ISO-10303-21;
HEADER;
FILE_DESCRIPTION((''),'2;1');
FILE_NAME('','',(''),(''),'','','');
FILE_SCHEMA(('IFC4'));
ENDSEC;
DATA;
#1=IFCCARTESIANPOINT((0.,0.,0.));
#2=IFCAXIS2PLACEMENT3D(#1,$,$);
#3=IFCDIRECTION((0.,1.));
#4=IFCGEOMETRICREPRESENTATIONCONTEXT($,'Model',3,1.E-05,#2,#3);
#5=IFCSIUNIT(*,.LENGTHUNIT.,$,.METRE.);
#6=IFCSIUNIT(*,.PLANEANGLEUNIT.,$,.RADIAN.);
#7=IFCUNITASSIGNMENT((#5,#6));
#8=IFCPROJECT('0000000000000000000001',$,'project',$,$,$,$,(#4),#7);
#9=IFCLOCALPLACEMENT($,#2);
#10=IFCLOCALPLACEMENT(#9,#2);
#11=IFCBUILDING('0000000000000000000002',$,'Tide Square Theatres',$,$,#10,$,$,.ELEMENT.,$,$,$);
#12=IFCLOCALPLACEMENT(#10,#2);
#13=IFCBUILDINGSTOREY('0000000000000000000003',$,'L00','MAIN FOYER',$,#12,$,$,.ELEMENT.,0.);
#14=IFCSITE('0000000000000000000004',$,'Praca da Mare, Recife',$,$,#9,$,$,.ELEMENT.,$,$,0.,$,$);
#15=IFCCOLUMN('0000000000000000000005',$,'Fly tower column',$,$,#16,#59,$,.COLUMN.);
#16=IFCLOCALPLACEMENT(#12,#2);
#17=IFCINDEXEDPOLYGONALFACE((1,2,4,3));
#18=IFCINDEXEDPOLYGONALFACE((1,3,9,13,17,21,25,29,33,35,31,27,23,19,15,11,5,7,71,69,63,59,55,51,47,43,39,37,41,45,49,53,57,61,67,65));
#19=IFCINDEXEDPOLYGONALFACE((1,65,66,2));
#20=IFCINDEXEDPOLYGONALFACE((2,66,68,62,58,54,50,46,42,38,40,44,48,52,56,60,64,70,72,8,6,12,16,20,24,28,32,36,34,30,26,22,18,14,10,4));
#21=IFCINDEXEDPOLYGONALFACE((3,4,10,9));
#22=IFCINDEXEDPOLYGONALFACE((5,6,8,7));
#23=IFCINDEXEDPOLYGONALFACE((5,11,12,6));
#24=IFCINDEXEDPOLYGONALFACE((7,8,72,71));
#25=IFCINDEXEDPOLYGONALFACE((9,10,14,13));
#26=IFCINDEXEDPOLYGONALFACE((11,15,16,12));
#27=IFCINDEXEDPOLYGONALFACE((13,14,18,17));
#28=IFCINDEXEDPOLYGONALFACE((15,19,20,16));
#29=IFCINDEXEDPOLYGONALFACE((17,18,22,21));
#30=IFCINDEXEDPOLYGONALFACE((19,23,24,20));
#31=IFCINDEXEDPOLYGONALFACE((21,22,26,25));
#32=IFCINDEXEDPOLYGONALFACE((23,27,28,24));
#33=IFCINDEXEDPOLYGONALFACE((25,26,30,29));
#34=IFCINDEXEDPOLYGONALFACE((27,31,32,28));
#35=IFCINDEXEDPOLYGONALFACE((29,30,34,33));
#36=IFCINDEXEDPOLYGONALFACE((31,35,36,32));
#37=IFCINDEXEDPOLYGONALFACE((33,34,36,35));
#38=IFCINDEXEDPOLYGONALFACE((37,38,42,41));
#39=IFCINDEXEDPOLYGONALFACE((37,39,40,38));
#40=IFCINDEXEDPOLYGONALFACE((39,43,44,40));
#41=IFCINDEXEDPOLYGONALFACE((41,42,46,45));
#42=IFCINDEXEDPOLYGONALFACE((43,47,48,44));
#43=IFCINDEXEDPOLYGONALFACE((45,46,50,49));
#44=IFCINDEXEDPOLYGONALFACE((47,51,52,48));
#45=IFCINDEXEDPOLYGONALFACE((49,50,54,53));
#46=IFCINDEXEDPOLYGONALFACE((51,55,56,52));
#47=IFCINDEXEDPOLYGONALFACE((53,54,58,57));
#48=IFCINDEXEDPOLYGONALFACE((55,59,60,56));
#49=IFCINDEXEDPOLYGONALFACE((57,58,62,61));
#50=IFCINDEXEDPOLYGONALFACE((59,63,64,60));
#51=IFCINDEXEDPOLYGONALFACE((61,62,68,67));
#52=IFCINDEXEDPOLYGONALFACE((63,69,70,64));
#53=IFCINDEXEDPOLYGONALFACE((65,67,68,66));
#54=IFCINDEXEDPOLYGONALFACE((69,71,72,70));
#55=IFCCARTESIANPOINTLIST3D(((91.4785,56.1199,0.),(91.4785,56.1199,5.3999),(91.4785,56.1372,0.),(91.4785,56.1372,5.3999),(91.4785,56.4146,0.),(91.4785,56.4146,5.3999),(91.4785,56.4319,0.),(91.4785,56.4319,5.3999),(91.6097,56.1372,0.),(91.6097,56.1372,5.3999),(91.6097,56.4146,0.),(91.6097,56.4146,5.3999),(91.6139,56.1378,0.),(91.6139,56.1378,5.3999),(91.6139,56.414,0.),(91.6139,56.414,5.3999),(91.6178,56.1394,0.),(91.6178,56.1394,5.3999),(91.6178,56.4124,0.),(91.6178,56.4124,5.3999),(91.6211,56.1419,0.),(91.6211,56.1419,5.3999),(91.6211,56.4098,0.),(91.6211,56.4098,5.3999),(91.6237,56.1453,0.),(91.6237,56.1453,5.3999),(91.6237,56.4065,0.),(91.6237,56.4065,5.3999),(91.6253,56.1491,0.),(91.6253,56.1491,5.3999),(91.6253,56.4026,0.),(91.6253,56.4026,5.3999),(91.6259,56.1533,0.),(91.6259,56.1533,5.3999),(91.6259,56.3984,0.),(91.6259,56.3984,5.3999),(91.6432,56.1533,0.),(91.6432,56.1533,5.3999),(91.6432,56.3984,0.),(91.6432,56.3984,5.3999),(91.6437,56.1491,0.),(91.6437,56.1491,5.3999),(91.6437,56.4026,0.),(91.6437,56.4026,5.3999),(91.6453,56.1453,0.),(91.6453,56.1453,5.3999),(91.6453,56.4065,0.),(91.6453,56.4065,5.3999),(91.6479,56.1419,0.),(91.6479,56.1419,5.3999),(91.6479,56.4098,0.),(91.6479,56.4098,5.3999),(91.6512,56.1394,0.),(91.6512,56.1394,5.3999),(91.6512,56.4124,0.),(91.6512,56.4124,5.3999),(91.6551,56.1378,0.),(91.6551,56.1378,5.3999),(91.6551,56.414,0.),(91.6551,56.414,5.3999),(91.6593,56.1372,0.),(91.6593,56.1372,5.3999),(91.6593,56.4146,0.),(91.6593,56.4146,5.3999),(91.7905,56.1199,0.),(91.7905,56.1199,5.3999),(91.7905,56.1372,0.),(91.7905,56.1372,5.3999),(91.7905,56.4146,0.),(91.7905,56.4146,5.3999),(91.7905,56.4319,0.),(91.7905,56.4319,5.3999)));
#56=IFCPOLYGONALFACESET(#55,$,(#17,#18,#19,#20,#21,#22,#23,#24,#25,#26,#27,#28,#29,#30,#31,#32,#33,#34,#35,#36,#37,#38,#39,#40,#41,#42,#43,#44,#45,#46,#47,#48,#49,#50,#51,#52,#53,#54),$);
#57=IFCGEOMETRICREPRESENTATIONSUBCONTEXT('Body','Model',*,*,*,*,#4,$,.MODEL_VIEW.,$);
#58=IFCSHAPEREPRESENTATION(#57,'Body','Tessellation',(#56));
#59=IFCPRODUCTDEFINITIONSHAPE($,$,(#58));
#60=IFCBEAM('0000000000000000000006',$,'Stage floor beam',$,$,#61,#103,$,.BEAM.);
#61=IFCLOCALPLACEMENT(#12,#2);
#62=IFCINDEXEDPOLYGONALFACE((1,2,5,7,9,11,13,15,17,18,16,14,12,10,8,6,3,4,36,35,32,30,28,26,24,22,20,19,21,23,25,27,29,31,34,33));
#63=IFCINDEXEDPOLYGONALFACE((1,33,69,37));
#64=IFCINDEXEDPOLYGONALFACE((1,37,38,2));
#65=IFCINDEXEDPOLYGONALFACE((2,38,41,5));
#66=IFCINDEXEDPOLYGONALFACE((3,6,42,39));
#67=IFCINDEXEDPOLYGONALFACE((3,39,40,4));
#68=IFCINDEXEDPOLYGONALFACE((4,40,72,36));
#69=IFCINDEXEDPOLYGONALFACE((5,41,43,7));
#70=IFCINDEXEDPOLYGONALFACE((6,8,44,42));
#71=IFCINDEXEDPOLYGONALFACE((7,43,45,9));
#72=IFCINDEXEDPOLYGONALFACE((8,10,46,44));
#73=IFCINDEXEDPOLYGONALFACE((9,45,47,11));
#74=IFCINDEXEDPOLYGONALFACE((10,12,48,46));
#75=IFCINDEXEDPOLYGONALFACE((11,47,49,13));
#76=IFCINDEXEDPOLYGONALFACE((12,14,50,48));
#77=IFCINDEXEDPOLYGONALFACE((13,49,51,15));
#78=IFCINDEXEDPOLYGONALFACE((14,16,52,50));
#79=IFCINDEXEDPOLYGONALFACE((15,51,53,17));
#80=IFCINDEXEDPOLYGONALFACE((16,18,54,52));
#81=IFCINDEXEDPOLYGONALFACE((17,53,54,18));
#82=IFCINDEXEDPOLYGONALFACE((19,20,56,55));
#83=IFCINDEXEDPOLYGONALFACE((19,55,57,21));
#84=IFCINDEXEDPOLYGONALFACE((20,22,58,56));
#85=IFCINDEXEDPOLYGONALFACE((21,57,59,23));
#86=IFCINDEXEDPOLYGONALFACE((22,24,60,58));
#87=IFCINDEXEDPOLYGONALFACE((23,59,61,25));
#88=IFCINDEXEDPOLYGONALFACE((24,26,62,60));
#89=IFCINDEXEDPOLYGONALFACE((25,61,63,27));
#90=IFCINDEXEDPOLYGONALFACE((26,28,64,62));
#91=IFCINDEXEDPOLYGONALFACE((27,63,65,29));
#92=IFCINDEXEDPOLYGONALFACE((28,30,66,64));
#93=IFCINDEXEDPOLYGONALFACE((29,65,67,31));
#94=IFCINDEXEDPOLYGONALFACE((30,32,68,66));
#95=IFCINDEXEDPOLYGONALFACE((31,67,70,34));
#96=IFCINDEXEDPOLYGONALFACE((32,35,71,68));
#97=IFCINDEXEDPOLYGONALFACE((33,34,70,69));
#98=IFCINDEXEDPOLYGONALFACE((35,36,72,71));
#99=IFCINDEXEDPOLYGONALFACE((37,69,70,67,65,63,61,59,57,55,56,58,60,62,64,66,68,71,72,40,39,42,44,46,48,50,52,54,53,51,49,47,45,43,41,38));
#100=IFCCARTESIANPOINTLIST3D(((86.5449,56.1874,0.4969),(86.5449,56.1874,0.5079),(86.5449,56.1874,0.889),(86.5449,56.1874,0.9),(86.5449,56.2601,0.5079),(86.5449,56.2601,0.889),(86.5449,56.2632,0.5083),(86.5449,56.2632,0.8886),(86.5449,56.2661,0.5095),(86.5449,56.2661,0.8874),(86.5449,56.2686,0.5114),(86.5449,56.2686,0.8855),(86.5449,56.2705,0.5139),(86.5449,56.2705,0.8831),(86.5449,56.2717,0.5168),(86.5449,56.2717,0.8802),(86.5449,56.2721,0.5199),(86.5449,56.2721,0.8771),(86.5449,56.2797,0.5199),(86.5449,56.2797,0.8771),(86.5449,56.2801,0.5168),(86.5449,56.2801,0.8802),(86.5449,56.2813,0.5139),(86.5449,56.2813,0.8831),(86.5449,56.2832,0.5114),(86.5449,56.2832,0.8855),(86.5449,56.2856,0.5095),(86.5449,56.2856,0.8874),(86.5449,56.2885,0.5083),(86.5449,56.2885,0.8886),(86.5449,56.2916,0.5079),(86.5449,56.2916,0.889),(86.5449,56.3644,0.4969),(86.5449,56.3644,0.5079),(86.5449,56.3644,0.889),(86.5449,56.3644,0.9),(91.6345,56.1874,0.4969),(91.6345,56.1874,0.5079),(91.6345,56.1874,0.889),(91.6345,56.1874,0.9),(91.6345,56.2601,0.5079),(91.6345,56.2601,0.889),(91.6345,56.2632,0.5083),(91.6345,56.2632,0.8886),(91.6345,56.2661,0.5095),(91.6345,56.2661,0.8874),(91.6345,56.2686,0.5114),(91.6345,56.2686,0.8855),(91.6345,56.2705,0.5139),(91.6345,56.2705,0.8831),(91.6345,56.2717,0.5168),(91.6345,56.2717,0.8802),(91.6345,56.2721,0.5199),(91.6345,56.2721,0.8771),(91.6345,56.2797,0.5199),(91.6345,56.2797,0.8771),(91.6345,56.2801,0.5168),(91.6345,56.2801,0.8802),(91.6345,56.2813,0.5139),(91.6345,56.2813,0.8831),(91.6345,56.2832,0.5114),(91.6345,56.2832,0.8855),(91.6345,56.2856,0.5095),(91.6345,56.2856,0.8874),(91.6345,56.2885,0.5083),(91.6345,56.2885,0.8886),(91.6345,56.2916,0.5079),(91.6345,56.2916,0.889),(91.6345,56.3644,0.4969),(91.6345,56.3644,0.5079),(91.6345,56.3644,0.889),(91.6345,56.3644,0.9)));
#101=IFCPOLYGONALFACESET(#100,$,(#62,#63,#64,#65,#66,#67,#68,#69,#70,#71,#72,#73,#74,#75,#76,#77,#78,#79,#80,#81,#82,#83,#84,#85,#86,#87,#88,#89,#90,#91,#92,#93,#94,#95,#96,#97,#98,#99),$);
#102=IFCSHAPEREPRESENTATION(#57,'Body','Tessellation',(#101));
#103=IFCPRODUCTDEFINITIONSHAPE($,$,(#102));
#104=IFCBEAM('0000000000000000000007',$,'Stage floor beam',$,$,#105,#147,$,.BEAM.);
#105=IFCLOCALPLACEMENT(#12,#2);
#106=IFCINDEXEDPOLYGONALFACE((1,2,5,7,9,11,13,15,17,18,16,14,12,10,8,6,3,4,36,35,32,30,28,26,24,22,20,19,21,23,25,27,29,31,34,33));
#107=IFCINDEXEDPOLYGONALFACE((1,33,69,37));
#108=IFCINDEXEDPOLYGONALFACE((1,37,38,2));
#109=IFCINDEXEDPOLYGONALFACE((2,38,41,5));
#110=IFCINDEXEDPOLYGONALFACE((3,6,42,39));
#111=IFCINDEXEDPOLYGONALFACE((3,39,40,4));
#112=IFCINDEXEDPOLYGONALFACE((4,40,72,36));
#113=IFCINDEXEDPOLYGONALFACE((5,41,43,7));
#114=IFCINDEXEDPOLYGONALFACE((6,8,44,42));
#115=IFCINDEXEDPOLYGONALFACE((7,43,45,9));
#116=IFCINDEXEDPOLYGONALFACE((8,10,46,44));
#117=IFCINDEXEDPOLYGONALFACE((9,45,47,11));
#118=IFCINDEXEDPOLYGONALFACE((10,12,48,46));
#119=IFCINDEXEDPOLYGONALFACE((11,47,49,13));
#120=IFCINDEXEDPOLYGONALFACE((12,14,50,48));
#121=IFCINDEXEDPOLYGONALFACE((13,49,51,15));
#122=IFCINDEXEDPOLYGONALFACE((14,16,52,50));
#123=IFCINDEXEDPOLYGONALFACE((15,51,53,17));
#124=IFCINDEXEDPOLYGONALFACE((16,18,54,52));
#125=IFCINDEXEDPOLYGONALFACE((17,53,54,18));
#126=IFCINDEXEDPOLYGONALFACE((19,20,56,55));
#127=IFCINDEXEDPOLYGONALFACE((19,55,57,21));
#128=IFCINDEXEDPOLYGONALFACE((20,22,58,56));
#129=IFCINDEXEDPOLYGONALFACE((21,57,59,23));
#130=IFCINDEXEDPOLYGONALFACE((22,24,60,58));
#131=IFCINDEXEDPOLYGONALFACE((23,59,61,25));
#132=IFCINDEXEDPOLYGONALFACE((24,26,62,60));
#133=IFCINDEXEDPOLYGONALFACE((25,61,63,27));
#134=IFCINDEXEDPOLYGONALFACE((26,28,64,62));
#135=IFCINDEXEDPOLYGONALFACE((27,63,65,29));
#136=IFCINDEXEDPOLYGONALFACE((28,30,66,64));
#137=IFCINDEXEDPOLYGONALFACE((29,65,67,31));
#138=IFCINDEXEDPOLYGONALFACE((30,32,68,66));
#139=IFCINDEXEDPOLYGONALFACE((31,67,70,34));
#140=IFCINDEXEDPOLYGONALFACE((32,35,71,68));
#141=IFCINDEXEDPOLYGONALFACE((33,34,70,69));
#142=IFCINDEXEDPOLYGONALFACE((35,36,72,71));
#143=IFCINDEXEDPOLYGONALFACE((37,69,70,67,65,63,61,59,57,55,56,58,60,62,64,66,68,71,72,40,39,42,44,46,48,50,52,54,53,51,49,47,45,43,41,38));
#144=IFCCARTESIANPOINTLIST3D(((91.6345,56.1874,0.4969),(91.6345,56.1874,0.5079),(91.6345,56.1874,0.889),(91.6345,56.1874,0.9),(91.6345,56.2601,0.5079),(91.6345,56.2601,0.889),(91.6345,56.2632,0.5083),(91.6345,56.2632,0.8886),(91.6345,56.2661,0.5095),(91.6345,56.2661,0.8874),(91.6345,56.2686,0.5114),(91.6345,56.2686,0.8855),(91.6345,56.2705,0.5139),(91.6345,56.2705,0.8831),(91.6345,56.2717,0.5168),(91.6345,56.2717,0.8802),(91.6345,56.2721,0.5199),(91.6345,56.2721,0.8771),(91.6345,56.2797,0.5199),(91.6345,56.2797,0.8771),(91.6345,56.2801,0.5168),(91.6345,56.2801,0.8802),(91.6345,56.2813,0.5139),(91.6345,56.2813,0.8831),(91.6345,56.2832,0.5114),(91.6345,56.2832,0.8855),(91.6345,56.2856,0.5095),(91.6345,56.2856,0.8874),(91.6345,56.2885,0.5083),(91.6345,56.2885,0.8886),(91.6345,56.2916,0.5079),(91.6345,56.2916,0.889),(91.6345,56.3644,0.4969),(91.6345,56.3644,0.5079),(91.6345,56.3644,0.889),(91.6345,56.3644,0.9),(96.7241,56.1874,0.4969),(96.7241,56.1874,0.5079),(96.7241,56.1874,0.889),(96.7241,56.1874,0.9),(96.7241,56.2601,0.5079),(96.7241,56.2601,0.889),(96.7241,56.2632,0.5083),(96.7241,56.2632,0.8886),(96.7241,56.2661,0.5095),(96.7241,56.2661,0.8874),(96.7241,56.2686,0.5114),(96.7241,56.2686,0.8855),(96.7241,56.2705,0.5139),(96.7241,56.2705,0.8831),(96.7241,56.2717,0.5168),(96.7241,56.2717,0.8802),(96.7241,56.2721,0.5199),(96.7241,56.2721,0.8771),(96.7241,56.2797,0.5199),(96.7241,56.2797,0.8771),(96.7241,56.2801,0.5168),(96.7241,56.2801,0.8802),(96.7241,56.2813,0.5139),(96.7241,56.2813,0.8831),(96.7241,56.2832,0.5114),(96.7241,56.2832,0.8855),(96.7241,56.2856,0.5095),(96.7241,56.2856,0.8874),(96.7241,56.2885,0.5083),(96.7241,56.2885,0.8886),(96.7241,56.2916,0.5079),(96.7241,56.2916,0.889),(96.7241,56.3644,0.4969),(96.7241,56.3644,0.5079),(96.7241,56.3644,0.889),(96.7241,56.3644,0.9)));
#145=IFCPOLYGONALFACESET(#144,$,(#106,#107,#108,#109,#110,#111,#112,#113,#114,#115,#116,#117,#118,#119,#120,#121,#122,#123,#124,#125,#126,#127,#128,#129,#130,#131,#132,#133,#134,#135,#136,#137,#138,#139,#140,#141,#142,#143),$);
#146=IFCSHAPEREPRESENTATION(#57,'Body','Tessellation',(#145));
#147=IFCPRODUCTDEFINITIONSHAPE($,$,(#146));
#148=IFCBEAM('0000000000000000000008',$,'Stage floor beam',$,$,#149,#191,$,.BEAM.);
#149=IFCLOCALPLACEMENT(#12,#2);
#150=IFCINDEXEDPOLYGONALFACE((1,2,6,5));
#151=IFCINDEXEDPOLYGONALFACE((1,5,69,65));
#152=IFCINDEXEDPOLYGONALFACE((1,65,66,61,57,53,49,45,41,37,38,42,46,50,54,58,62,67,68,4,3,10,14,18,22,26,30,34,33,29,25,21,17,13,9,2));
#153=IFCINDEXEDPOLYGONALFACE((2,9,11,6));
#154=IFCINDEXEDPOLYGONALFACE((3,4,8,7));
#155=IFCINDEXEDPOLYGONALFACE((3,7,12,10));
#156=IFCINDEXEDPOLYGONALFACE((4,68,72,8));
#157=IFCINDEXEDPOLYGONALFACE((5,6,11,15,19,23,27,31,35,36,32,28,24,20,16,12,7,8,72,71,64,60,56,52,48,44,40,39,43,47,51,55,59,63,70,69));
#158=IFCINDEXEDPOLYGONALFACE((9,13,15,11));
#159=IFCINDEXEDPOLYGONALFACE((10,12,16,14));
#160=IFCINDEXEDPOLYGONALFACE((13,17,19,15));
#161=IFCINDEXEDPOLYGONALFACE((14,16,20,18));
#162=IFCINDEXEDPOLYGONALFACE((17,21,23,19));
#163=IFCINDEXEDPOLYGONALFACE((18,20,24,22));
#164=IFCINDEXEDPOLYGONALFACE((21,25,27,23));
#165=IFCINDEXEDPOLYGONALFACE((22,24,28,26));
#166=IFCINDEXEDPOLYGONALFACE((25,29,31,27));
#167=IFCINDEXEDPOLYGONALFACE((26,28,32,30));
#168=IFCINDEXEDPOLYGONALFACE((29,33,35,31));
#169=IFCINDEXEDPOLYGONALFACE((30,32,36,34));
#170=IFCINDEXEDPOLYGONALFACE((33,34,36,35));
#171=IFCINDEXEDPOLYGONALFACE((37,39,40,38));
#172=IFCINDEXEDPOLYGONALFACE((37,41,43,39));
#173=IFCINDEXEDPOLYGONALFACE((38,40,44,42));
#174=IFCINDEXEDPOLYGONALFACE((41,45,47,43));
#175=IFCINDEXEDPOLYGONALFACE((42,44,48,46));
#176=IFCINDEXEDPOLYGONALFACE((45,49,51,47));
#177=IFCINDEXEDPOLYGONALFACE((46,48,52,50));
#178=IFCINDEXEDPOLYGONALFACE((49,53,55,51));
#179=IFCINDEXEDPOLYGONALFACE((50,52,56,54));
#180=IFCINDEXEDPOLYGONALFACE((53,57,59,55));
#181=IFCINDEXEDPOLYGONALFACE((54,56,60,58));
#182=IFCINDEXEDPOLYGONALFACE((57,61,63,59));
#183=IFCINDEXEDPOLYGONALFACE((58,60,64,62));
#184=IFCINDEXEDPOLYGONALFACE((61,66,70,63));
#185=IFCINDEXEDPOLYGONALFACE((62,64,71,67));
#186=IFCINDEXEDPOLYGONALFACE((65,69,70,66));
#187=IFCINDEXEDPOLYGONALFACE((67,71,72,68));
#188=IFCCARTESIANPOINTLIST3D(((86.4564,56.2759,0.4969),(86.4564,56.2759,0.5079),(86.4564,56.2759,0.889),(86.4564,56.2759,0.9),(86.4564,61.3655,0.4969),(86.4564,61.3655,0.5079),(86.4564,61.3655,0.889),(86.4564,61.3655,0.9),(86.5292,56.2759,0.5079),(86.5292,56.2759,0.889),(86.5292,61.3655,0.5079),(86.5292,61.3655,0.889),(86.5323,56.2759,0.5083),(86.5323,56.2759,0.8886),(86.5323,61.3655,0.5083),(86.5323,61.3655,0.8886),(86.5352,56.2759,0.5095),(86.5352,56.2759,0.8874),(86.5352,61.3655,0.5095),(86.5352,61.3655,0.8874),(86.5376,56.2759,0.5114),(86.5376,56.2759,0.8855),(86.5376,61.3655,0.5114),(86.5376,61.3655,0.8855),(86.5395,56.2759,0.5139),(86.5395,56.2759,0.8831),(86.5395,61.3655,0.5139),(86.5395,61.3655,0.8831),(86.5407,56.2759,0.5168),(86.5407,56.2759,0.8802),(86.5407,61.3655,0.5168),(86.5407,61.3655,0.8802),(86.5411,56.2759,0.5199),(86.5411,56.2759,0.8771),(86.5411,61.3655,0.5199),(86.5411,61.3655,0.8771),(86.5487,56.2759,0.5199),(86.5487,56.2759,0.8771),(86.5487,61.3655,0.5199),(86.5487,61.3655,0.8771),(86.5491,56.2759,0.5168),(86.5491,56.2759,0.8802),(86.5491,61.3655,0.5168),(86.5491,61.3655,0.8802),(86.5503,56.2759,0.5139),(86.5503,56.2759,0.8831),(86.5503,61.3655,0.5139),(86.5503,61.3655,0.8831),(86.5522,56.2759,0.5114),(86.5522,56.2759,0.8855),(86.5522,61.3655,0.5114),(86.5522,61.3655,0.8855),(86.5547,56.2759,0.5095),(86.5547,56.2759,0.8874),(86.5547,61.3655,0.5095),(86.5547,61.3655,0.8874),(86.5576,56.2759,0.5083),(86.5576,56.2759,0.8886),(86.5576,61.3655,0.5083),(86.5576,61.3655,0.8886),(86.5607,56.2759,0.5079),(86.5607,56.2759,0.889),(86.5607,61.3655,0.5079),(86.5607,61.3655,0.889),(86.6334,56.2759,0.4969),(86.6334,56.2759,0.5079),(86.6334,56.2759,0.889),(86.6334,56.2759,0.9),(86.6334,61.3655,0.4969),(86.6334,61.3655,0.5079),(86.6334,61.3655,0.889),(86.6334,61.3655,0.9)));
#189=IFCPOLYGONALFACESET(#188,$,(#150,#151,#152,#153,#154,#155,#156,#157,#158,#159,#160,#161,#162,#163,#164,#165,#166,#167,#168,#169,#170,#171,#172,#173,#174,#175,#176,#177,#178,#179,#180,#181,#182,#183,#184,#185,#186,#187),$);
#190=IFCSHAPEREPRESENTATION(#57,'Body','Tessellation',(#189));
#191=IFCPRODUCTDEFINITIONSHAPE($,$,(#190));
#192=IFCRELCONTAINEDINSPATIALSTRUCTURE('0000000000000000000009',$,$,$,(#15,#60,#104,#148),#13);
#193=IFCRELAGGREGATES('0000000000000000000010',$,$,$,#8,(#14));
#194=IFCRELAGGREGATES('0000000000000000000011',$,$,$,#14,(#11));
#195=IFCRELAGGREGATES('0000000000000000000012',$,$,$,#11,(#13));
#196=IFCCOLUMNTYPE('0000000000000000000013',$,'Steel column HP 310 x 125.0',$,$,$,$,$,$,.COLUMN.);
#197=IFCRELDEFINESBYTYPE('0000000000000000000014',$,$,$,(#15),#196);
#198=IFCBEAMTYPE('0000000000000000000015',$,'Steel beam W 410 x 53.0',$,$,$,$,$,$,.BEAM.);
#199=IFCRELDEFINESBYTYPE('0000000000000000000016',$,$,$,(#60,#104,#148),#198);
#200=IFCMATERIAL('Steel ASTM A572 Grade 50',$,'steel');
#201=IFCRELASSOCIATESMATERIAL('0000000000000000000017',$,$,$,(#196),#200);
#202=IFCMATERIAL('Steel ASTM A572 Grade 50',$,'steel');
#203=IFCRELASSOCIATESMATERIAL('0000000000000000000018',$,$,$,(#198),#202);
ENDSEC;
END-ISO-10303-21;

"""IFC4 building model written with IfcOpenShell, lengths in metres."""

from ifc_helpers import new_model, si_unit, direction, frame, origin, origin_2d, place, context, subcontext, project, spatial, i_section, extrude, material, material_profile, profile_set, type_object, element, save


model = new_model("IFC4")

# Units and contexts
model_context = context("Model", 3, precision=1e-05, world=origin(), true_north=direction((0.0, 1.0)))
body_context = subcontext(model_context, "Body", "Model", "MODEL_VIEW")
ifc_project = project(units=[si_unit("LENGTHUNIT", "METRE"), si_unit("PLANEANGLEUNIT", "RADIAN")], contexts=[model_context])

# Site, building, storey
site_placement = place(None, origin())
site = spatial("IfcSite", under=ifc_project, at=site_placement, Name="Praca da Mare, Recife", CompositionType="ELEMENT", RefElevation=0.0)
building_placement = place(site_placement, origin())
building = spatial("IfcBuilding", under=site, at=building_placement, Name="Tide Square Theatres", CompositionType="ELEMENT")
storey_placement = place(building_placement, origin())
storey = spatial("IfcBuildingStorey", under=building, at=storey_placement, Name="L00", Description="MAIN FOYER", CompositionType="ELEMENT", Elevation=0.0)

# Column
ifc_material_1 = material(Name="Steel ASTM A572 Grade 50", Category="steel")
ifc_material_profile_1 = material_profile(ifc_material_1, i_section(OverallWidth=0.312, OverallDepth=0.312, WebThickness=0.0173, FlangeThickness=0.0173, FilletRadius=0.0161, at=origin_2d()))
ifc_profile_set_1 = profile_set([ifc_material_profile_1], Name="Steel ASTM A572 Grade 50")
column_type = type_object("IfcColumnType", Name="Steel column HP 310 x 125.0", PredefinedType="COLUMN", material=ifc_profile_set_1)
for number, where, z_axis, x_axis, name in (
    (1, (91.6345, 56.2759, 0.0), (0.0, 0.0, 1.0), (1.0, 0.0, 0.0), "Fly tower column"),
):
    element("IfcColumn", number, at=place(storey_placement, frame(where, z_axis=z_axis, x_axis=x_axis)), inside=storey, type_object=column_type, Name=name, PredefinedType="COLUMN", context=body_context, shape_type="SweptSolid", body=[
        extrude(i_section(OverallWidth=0.312, OverallDepth=0.312, WebThickness=0.0173, FlangeThickness=0.0173, FilletRadius=0.0161, at=origin_2d()), origin(), (0.0, 0.0, 1.0), 5.3999),
    ])

# Beams
ifc_material_2 = material(Name="Steel ASTM A572 Grade 50", Category="steel")
ifc_material_profile_2 = material_profile(ifc_material_2, i_section(OverallWidth=0.177, OverallDepth=0.4031, WebThickness=0.0076, FlangeThickness=0.011, FilletRadius=0.012, at=origin_2d()))
ifc_profile_set_2 = profile_set([ifc_material_profile_2], Name="Steel ASTM A572 Grade 50")
beam_type = type_object("IfcBeamType", Name="Steel beam W 410 x 53.0", PredefinedType="BEAM", material=ifc_profile_set_2)
for number, where, z_axis, x_axis, name in (
    (2, (86.5449, 56.2759, 0.6985), (1.0, 0.0, 0.0), (0.0, 1.0, 0.0), "Stage floor beam"),
    (3, (91.6345, 56.2759, 0.6985), (1.0, 0.0, 0.0), (0.0, 1.0, 0.0), "Stage floor beam"),
    (4, (86.5449, 56.2759, 0.6985), (0.0, 1.0, 0.0), (-1.0, 0.0, 0.0), "Stage floor beam"),
):
    element("IfcBeam", number, at=place(storey_placement, frame(where, z_axis=z_axis, x_axis=x_axis)), inside=storey, type_object=beam_type, Name=name, PredefinedType="BEAM", context=body_context, shape_type="SweptSolid", body=[
        extrude(i_section(OverallWidth=0.177, OverallDepth=0.4031, WebThickness=0.0076, FlangeThickness=0.011, FilletRadius=0.012, at=origin_2d()), origin(), (0.0, 0.0, 1.0), 5.0896),
    ])

save(model, "model.ifc")
